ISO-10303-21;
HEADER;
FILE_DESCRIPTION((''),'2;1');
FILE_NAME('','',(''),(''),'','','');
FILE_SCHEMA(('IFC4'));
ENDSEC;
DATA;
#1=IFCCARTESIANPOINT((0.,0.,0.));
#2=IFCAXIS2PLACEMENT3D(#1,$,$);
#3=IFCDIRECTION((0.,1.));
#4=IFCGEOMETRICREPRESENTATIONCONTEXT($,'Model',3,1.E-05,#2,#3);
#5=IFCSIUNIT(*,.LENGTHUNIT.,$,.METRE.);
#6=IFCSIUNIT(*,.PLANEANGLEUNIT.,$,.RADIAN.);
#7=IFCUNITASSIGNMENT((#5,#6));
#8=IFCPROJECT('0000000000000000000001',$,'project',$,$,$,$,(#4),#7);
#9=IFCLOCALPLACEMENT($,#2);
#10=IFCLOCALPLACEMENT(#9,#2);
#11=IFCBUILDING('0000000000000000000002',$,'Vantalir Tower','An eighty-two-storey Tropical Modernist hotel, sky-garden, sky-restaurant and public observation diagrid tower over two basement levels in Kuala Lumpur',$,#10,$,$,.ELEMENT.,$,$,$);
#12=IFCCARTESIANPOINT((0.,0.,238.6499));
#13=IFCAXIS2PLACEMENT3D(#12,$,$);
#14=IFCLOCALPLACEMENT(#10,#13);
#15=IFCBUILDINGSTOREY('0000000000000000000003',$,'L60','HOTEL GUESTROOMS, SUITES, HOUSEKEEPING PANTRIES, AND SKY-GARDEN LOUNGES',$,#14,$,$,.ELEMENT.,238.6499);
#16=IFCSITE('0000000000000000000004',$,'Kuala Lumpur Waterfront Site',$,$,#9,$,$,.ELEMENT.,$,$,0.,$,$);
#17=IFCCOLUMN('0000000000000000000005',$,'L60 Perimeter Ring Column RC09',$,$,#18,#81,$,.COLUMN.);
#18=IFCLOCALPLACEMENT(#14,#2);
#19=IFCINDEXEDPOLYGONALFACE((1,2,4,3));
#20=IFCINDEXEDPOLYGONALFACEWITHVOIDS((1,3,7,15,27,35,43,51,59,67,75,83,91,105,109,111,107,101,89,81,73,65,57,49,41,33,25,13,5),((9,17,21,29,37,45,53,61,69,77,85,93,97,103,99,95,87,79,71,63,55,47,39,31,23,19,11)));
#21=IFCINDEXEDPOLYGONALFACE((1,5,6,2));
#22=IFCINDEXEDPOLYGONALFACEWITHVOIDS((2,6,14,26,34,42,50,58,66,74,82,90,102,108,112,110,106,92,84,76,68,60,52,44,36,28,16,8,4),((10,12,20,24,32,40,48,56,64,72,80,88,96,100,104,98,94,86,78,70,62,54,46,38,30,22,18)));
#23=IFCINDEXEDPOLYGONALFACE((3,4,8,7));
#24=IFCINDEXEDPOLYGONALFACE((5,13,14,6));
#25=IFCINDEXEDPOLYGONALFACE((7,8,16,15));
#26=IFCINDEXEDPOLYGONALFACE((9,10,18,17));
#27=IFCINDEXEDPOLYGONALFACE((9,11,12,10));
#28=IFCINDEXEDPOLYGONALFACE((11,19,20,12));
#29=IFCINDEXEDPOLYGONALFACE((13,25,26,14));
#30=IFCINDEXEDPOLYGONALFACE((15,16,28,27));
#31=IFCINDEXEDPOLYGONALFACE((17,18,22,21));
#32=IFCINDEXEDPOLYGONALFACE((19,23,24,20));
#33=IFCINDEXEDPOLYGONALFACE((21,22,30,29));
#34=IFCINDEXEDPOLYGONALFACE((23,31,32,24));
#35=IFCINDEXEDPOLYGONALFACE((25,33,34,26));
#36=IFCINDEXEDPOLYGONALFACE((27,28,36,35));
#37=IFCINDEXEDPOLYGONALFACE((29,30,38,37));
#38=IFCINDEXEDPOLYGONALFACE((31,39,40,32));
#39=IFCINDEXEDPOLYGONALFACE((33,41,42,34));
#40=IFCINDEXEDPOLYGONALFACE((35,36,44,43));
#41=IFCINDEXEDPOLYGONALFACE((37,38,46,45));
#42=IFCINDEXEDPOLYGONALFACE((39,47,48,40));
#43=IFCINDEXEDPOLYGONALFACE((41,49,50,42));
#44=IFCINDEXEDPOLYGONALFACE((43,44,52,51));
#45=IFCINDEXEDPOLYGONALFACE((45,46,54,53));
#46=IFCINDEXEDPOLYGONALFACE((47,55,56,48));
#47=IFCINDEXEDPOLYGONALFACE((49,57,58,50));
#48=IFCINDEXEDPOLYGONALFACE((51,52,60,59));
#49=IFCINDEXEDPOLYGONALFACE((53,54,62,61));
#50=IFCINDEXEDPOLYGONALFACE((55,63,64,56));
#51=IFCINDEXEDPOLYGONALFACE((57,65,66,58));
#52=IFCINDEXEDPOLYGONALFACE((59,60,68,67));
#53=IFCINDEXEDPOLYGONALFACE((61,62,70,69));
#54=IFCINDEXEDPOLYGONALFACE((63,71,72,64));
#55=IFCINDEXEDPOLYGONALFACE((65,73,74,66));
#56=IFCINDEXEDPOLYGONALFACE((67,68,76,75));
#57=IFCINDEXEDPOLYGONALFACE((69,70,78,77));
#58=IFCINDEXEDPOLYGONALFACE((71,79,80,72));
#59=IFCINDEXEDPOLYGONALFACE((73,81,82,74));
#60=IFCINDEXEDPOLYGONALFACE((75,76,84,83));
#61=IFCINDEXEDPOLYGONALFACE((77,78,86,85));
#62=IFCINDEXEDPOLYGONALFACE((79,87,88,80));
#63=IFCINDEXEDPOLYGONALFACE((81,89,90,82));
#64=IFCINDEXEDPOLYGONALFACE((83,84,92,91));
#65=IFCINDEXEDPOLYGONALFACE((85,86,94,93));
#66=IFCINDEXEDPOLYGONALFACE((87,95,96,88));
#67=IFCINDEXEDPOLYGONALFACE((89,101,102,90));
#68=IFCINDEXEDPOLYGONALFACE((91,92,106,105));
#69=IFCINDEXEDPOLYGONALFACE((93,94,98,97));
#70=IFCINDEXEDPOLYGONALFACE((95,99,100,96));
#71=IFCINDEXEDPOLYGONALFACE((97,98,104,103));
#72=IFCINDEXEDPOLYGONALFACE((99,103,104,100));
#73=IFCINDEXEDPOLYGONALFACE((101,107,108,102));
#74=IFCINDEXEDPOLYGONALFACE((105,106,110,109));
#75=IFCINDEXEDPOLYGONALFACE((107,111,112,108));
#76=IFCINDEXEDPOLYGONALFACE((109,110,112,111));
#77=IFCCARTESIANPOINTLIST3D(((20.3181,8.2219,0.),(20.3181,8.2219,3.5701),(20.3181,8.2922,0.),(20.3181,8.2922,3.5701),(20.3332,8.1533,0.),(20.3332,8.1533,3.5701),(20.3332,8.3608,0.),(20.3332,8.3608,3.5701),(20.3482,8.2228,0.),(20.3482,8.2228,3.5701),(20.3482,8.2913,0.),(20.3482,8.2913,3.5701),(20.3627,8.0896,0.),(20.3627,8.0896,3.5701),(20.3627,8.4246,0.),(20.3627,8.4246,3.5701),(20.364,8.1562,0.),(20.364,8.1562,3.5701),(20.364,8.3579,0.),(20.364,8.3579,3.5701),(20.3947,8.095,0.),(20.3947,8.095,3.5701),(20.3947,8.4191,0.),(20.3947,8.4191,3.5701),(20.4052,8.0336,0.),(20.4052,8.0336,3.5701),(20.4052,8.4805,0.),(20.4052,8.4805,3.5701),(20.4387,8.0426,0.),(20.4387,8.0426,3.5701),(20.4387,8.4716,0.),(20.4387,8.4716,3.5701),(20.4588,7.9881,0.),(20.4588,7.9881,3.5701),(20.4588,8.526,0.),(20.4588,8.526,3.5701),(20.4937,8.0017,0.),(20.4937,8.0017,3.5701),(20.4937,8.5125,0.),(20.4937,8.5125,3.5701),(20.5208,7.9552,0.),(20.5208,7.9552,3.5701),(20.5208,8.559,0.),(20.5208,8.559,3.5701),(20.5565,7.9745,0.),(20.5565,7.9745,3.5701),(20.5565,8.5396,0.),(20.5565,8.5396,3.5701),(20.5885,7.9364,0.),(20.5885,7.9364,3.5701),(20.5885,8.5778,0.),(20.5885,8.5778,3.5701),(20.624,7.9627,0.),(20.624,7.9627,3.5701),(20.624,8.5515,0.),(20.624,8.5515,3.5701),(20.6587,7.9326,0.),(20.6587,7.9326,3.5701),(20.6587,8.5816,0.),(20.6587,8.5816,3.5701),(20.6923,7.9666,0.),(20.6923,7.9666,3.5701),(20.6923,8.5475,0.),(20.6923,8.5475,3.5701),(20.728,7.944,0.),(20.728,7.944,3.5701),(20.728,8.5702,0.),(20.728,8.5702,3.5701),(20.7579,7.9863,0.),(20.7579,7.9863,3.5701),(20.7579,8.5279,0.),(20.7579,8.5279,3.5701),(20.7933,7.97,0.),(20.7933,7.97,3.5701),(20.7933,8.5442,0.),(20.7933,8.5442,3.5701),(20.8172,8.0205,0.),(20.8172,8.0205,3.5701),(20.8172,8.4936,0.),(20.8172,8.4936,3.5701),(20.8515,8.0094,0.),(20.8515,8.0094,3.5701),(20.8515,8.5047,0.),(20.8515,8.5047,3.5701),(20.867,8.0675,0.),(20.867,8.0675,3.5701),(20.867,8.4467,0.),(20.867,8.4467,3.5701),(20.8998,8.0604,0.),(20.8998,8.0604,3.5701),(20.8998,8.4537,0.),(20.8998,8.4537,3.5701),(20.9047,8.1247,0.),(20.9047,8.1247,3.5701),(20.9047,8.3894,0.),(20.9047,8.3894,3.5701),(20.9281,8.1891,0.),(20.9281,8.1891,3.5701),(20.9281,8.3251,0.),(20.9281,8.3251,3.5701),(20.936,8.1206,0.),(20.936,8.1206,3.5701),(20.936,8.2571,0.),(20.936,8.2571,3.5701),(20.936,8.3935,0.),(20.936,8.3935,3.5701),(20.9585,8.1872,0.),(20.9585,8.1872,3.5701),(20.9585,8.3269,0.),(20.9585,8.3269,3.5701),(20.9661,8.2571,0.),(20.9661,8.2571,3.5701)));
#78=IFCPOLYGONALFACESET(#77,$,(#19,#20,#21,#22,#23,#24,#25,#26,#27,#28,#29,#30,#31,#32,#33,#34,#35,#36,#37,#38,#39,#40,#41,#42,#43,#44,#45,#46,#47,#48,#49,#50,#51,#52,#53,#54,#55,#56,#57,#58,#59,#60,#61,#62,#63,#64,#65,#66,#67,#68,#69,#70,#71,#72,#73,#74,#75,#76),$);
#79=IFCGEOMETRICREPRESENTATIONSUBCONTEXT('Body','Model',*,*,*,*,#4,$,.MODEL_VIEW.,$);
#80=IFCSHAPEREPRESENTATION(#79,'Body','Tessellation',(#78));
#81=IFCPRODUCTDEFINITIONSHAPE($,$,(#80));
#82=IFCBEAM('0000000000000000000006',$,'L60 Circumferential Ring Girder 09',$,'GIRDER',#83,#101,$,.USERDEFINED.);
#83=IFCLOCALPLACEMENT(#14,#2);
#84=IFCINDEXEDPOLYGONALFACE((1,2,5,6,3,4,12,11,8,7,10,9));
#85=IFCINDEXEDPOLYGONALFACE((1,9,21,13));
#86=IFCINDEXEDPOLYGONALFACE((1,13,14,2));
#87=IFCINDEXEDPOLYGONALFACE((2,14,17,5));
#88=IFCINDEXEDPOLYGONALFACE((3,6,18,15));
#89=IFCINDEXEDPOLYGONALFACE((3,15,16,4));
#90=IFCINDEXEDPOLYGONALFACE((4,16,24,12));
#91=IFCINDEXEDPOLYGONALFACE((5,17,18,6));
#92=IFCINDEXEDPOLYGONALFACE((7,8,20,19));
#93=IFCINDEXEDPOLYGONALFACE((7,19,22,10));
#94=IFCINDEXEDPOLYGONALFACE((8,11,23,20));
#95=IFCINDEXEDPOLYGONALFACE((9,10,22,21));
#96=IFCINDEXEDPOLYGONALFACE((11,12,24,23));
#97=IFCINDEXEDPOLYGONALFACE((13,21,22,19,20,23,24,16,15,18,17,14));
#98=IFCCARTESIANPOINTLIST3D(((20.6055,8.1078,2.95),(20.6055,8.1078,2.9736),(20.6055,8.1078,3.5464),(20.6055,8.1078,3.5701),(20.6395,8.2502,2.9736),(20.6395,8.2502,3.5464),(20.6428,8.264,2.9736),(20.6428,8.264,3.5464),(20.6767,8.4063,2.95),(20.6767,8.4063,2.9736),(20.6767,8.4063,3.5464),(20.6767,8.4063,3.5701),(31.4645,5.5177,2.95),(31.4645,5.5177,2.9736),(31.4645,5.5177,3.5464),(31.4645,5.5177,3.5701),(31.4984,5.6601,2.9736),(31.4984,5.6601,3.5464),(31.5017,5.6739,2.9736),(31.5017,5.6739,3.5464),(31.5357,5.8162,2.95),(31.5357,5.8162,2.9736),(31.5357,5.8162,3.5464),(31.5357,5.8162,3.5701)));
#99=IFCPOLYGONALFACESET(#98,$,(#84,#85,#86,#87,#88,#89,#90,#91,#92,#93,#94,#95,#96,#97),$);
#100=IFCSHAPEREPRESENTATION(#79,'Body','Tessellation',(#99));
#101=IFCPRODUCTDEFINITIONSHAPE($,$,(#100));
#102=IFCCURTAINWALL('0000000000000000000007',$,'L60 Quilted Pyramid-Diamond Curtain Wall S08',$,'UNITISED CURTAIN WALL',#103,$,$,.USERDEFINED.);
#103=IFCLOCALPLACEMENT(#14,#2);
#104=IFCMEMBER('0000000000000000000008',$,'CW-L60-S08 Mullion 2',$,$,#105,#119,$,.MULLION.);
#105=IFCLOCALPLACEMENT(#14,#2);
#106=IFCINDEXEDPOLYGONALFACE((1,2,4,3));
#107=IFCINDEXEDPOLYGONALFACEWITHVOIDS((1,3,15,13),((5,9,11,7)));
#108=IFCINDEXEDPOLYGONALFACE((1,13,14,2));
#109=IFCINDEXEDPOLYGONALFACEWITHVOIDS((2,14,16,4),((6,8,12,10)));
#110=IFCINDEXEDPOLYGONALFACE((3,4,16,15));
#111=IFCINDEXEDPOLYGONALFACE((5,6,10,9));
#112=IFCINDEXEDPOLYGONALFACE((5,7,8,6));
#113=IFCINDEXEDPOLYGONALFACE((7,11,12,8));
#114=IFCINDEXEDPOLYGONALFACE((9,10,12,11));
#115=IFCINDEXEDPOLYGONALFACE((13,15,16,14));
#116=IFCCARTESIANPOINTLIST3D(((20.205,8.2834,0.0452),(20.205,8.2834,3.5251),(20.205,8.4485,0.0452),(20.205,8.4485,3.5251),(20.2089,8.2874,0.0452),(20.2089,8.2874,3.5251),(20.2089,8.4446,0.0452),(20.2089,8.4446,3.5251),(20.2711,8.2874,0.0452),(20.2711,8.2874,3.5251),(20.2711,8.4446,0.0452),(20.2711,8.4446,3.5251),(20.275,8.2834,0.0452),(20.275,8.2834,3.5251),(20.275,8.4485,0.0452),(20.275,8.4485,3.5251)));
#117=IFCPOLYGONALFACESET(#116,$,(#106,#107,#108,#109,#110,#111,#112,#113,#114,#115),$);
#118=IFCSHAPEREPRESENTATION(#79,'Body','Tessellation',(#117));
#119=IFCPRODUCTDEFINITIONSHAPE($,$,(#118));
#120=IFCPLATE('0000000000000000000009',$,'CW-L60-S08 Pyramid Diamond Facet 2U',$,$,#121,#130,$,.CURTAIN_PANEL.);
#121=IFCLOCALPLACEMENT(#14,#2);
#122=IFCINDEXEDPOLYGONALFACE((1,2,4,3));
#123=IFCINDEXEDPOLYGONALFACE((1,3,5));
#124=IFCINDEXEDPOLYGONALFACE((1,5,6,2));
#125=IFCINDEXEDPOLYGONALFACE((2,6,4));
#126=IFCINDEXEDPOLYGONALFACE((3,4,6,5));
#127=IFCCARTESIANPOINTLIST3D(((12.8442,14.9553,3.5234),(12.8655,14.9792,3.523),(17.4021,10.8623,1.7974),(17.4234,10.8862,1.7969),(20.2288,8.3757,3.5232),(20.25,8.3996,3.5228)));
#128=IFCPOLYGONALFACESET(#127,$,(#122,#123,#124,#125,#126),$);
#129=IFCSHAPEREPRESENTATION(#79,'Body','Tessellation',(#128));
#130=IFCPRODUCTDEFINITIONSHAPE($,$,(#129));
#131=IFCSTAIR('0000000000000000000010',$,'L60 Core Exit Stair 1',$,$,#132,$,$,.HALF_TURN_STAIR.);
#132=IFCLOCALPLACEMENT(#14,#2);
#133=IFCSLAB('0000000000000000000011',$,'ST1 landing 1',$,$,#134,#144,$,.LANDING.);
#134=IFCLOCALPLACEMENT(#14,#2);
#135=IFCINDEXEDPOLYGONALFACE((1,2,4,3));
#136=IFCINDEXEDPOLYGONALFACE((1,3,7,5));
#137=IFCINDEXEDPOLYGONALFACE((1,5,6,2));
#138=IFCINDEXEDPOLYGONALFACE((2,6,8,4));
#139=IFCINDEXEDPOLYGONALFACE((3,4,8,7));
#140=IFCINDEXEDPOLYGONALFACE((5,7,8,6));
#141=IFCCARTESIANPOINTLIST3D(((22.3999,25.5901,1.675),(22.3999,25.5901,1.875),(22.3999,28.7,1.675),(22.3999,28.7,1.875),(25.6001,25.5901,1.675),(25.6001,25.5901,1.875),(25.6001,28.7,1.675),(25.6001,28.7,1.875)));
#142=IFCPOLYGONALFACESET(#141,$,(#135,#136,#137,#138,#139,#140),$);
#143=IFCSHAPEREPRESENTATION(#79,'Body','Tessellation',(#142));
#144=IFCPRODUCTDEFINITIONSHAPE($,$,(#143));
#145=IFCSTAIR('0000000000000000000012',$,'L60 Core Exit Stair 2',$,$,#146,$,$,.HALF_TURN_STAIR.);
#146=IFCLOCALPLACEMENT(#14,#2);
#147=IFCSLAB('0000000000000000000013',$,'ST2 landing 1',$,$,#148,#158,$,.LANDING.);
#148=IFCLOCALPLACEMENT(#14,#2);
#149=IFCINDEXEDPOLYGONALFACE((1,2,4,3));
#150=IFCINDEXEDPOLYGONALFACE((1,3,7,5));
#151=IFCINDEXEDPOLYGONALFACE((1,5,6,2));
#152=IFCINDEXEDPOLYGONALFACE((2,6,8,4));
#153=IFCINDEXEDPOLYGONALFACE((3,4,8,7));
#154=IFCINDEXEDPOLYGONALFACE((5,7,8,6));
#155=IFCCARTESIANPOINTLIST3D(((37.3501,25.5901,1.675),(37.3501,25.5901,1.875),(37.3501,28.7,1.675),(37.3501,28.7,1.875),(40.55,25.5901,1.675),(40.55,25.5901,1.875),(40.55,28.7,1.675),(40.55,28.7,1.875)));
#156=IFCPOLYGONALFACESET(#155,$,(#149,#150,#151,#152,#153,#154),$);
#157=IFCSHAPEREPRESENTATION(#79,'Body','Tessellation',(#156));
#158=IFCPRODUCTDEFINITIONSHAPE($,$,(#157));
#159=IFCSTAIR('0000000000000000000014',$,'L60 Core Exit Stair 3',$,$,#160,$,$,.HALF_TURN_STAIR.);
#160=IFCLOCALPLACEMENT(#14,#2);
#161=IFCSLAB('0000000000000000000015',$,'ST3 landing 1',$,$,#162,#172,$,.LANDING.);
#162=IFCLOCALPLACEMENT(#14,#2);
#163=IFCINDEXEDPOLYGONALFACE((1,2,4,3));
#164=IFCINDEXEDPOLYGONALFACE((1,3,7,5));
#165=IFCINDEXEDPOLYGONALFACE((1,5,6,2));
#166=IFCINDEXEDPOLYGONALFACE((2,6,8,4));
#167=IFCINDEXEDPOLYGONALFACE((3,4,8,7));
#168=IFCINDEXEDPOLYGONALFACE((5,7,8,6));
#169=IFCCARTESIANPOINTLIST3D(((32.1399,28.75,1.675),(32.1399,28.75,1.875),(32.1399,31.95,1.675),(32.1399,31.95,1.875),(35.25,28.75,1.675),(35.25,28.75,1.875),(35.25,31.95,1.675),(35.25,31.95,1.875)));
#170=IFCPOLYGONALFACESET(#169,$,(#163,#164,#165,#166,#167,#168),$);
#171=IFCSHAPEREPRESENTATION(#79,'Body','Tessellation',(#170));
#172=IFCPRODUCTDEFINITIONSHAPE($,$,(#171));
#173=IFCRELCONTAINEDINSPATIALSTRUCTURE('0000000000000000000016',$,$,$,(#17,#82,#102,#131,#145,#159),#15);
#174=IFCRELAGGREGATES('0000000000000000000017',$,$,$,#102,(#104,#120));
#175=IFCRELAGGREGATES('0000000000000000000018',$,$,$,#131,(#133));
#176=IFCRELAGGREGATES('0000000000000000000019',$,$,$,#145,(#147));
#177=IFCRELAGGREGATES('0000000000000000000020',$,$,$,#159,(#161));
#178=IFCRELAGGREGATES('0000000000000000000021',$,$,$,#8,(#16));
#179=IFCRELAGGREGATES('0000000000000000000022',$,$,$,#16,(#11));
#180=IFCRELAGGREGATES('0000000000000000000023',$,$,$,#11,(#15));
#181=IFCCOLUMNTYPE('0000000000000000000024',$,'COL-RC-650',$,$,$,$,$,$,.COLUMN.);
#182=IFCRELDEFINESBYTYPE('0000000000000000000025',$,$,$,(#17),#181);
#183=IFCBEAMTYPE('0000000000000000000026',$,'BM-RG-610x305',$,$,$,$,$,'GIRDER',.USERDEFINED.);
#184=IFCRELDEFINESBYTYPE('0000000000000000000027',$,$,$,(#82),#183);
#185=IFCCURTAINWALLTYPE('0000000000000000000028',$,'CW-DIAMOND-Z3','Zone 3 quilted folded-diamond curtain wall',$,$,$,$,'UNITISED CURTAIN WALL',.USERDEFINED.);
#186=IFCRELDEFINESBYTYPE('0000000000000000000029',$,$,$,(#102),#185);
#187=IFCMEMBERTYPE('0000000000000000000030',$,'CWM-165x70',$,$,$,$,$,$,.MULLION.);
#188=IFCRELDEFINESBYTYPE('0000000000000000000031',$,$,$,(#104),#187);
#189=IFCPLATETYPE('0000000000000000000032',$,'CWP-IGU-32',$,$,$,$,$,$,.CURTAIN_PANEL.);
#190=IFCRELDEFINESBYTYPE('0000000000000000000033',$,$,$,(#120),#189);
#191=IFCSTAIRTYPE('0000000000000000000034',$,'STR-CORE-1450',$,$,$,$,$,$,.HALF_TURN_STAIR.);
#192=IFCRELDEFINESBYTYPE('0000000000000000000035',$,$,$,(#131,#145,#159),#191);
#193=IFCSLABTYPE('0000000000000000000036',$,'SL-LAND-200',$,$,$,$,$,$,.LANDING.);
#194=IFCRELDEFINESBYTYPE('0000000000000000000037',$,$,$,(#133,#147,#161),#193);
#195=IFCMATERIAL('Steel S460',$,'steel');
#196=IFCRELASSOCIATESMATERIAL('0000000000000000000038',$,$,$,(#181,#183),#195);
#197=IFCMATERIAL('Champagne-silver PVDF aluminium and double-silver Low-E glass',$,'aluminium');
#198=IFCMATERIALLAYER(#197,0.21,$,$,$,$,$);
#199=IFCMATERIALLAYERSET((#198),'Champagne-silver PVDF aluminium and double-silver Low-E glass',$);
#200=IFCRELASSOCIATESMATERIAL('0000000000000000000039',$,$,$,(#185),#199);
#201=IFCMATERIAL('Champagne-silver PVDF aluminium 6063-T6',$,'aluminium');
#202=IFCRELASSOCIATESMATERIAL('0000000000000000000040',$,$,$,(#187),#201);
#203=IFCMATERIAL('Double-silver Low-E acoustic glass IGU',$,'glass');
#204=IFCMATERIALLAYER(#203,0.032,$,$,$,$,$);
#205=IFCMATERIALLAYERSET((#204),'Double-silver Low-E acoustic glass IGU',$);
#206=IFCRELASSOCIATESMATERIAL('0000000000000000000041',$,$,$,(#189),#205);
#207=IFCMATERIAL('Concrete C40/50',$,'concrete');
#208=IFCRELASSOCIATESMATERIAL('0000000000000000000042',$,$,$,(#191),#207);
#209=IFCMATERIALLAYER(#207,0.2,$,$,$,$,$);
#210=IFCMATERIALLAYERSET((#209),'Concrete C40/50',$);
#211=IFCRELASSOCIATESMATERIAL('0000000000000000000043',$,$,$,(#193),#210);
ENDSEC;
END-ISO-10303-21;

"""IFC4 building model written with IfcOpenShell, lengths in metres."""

from ifc_helpers import new_model, si_unit, direction, frame, origin, origin_2d, place, context, subcontext, project, spatial, polyline, hollow_rectangle, hollow_circle, i_section, outline, extrude, material, layer, layer_set, material_profile, profile_set, type_object, element, aggregate, save


model = new_model("IFC4")

# Units and contexts
model_context = context("Model", 3, precision=1e-05, world=origin(), true_north=direction((0.0, 1.0)))
body_context = subcontext(model_context, "Body", "Model", "MODEL_VIEW")
ifc_project = project(units=[si_unit("LENGTHUNIT", "METRE"), si_unit("PLANEANGLEUNIT", "RADIAN")], contexts=[model_context])

# Site, building, storey
site_placement = place(None, origin())
site = spatial("IfcSite", under=ifc_project, at=site_placement, Name="Kuala Lumpur Waterfront Site", CompositionType="ELEMENT", RefElevation=0.0)
building_placement = place(site_placement, origin())
building = spatial("IfcBuilding", under=site, at=building_placement, Name="Vantalir Tower", Description="An eighty-two-storey Tropical Modernist hotel, sky-garden, sky-restaurant and public observation diagrid tower over two basement levels in Kuala Lumpur", CompositionType="ELEMENT")
storey_placement = place(building_placement, frame((0.0, 0.0, 238.6499)))
storey = spatial("IfcBuildingStorey", under=building, at=storey_placement, Name="L60", Description="HOTEL GUESTROOMS, SUITES, HOUSEKEEPING PANTRIES, AND SKY-GARDEN LOUNGES", CompositionType="ELEMENT", Elevation=238.6499)

# Column
ifc_material_1 = material(Name="Steel S460", Category="steel")
ifc_material_profile_1 = material_profile(ifc_material_1, hollow_circle(Radius=0.325, WallThickness=0.03, at=origin_2d()), Name="Steel S460")
ifc_profile_set_1 = profile_set([ifc_material_profile_1], Name="Steel S460")
column_type = type_object("IfcColumnType", Name="COL-RC-650", PredefinedType="COLUMN", material=ifc_profile_set_1)
column_placement = place(storey_placement, frame((20.6411, 8.2571, 0.0), z_axis=(0.0, 0.0, 1.0), x_axis=(1.0, 0.0, 0.0)))
element("IfcColumn", 1, at=column_placement, inside=storey, type_object=column_type, Name="L60 Perimeter Ring Column RC09", PredefinedType="COLUMN", context=body_context, shape_type="SweptSolid", body=[
    extrude(hollow_circle(Radius=0.325, WallThickness=0.03, at=origin_2d()), origin(), (0.0, 0.0, 1.0), 3.5701),
])

# Beam
ifc_material_profile_2 = material_profile(ifc_material_1, i_section(OverallWidth=0.3069, OverallDepth=0.6201, WebThickness=0.0142, FlangeThickness=0.0237, at=origin_2d()), Name="Steel S460")
ifc_profile_set_2 = profile_set([ifc_material_profile_2], Name="Steel S460")
beam_type = type_object("IfcBeamType", Name="BM-RG-610x305", ElementType="GIRDER", PredefinedType="USERDEFINED", material=ifc_profile_set_2)
beam_placement = place(storey_placement, frame((20.6411, 8.2571, 3.26), z_axis=(0.972713, -0.232014, 0.0), x_axis=(0.232014, 0.972713, 0.0)))
element("IfcBeam", 2, at=beam_placement, inside=storey, type_object=beam_type, Name="L60 Circumferential Ring Girder 09", ObjectType="GIRDER", PredefinedType="USERDEFINED", context=body_context, shape_type="SweptSolid", body=[
    extrude(i_section(OverallWidth=0.3069, OverallDepth=0.6201, WebThickness=0.0142, FlangeThickness=0.0237, at=origin_2d()), origin(), (0.0, 0.0, 1.0), 11.1636),
])

# Curtain wall, member, plate
ifc_material_2 = material(Name="Champagne-silver PVDF aluminium and double-silver Low-E glass", Category="aluminium")
ifc_layer_1 = layer(ifc_material_2, 0.21)
ifc_layer_set_1 = layer_set([ifc_layer_1], Name="Champagne-silver PVDF aluminium and double-silver Low-E glass")
curtain_wall_type = type_object("IfcCurtainWallType", Name="CW-DIAMOND-Z3", Description="Zone 3 quilted folded-diamond curtain wall", ElementType="UNITISED CURTAIN WALL", PredefinedType="USERDEFINED", material=ifc_layer_set_1)
curtain_wall_placement = place(storey_placement, origin())
curtain_wall = element("IfcCurtainWall", 3, at=curtain_wall_placement, inside=storey, type_object=curtain_wall_type, Name="L60 Quilted Pyramid-Diamond Curtain Wall S08", ObjectType="UNITISED CURTAIN WALL", PredefinedType="USERDEFINED")
ifc_material_3 = material(Name="Champagne-silver PVDF aluminium 6063-T6", Category="aluminium")
ifc_material_profile_3 = material_profile(ifc_material_3, hollow_rectangle(XDim=0.0701, YDim=0.165, WallThickness=0.0039, at=origin_2d()), Name="Champagne-silver PVDF aluminium 6063-T6")
ifc_profile_set_3 = profile_set([ifc_material_profile_3], Name="Champagne-silver PVDF aluminium 6063-T6")
member_type = type_object("IfcMemberType", Name="CWM-165x70", PredefinedType="MULLION", material=ifc_profile_set_3)
member_placement = place(storey_placement, frame((20.24, 8.366, 0.0452), z_axis=(0.0, 0.0, 1.0), x_axis=(1.0, 0.0, 0.0)))
member = element("IfcMember", 4, at=member_placement, type_object=member_type, Name="CW-L60-S08 Mullion 2", PredefinedType="MULLION", context=body_context, shape_type="SweptSolid", body=[
    extrude(hollow_rectangle(XDim=0.0701, YDim=0.165, WallThickness=0.0039, at=origin_2d()), origin(), (0.0, 0.0, 1.0), 3.48),
])
ifc_material_4 = material(Name="Double-silver Low-E acoustic glass IGU", Category="glass")
ifc_layer_2 = layer(ifc_material_4, 0.032)
ifc_layer_set_2 = layer_set([ifc_layer_2], Name="Double-silver Low-E acoustic glass IGU")
plate_type = type_object("IfcPlateType", Name="CWP-IGU-32", PredefinedType="CURTAIN_PANEL", material=ifc_layer_set_2)
plate_placement = place(storey_placement, frame((20.2288, 8.3757, 3.5232), z_axis=(-0.665179, -0.746556, 0.013831), x_axis=(-0.746627, 0.665243, 0.000025)))
plate = element("IfcPlate", 5, at=plate_placement, type_object=plate_type, Name="CW-L60-S08 Pyramid Diamond Facet 2U", PredefinedType="CURTAIN_PANEL", context=body_context, shape_type="SweptSolid", body=[
    extrude(outline(polyline([(0.0, 0.0), (9.8905, 0.0), (3.7646, 1.7261), (0.0, 0.0)])), origin(), (0.0, 0.0, -1.0), 0.032),
])
aggregate(curtain_wall, [member, plate])

# Stairs, slabs
ifc_material_5 = material(Name="Concrete C40/50", Category="concrete")
stair_type = type_object("IfcStairType", Name="STR-CORE-1450", PredefinedType="HALF_TURN_STAIR", material=ifc_material_5)
stair_1_placement = place(storey_placement, origin())
stair_1 = element("IfcStair", 6, at=stair_1_placement, inside=storey, type_object=stair_type, Name="L60 Core Exit Stair 1", PredefinedType="HALF_TURN_STAIR")
ifc_layer_3 = layer(ifc_material_5, 0.2)
ifc_layer_set_3 = layer_set([ifc_layer_3], Name="Concrete C40/50")
slab_type_1 = type_object("IfcSlabType", Name="SL-LAND-200", PredefinedType="LANDING", material=ifc_layer_set_3)
slab_1_placement = place(storey_placement, frame((0.0, 0.0, 1.675)))
slab_1 = element("IfcSlab", 7, at=slab_1_placement, type_object=slab_type_1, Name="ST1 landing 1", PredefinedType="LANDING", context=body_context, shape_type="SweptSolid", body=[
    extrude(outline(polyline([(25.6001, 25.5901), (25.6001, 28.7), (22.3999, 28.7), (22.3999, 25.5901), (25.6001, 25.5901)])), origin(), (0.0, 0.0, 1.0), 0.2),
])
aggregate(stair_1, [slab_1])
stair_2_placement = place(storey_placement, origin())
stair_2 = element("IfcStair", 8, at=stair_2_placement, inside=storey, type_object=stair_type, Name="L60 Core Exit Stair 2", PredefinedType="HALF_TURN_STAIR")
slab_2_placement = place(storey_placement, frame((0.0, 0.0, 1.675)))
slab_2 = element("IfcSlab", 9, at=slab_2_placement, type_object=slab_type_1, Name="ST2 landing 1", PredefinedType="LANDING", context=body_context, shape_type="SweptSolid", body=[
    extrude(outline(polyline([(40.55, 25.5901), (40.55, 28.7), (37.3501, 28.7), (37.3501, 25.5901), (40.55, 25.5901)])), origin(), (0.0, 0.0, 1.0), 0.2),
])
aggregate(stair_2, [slab_2])
stair_3_placement = place(storey_placement, origin())
stair_3 = element("IfcStair", 10, at=stair_3_placement, inside=storey, type_object=stair_type, Name="L60 Core Exit Stair 3", PredefinedType="HALF_TURN_STAIR")
slab_3_placement = place(storey_placement, frame((0.0, 0.0, 1.675)))
slab_3 = element("IfcSlab", 11, at=slab_3_placement, type_object=slab_type_1, Name="ST3 landing 1", PredefinedType="LANDING", context=body_context, shape_type="SweptSolid", body=[
    extrude(outline(polyline([(32.1399, 28.75), (35.25, 28.75), (35.25, 31.95), (32.1399, 31.95), (32.1399, 28.75)])), origin(), (0.0, 0.0, 1.0), 0.2),
])
aggregate(stair_3, [slab_3])

save(model, "model.ifc")
